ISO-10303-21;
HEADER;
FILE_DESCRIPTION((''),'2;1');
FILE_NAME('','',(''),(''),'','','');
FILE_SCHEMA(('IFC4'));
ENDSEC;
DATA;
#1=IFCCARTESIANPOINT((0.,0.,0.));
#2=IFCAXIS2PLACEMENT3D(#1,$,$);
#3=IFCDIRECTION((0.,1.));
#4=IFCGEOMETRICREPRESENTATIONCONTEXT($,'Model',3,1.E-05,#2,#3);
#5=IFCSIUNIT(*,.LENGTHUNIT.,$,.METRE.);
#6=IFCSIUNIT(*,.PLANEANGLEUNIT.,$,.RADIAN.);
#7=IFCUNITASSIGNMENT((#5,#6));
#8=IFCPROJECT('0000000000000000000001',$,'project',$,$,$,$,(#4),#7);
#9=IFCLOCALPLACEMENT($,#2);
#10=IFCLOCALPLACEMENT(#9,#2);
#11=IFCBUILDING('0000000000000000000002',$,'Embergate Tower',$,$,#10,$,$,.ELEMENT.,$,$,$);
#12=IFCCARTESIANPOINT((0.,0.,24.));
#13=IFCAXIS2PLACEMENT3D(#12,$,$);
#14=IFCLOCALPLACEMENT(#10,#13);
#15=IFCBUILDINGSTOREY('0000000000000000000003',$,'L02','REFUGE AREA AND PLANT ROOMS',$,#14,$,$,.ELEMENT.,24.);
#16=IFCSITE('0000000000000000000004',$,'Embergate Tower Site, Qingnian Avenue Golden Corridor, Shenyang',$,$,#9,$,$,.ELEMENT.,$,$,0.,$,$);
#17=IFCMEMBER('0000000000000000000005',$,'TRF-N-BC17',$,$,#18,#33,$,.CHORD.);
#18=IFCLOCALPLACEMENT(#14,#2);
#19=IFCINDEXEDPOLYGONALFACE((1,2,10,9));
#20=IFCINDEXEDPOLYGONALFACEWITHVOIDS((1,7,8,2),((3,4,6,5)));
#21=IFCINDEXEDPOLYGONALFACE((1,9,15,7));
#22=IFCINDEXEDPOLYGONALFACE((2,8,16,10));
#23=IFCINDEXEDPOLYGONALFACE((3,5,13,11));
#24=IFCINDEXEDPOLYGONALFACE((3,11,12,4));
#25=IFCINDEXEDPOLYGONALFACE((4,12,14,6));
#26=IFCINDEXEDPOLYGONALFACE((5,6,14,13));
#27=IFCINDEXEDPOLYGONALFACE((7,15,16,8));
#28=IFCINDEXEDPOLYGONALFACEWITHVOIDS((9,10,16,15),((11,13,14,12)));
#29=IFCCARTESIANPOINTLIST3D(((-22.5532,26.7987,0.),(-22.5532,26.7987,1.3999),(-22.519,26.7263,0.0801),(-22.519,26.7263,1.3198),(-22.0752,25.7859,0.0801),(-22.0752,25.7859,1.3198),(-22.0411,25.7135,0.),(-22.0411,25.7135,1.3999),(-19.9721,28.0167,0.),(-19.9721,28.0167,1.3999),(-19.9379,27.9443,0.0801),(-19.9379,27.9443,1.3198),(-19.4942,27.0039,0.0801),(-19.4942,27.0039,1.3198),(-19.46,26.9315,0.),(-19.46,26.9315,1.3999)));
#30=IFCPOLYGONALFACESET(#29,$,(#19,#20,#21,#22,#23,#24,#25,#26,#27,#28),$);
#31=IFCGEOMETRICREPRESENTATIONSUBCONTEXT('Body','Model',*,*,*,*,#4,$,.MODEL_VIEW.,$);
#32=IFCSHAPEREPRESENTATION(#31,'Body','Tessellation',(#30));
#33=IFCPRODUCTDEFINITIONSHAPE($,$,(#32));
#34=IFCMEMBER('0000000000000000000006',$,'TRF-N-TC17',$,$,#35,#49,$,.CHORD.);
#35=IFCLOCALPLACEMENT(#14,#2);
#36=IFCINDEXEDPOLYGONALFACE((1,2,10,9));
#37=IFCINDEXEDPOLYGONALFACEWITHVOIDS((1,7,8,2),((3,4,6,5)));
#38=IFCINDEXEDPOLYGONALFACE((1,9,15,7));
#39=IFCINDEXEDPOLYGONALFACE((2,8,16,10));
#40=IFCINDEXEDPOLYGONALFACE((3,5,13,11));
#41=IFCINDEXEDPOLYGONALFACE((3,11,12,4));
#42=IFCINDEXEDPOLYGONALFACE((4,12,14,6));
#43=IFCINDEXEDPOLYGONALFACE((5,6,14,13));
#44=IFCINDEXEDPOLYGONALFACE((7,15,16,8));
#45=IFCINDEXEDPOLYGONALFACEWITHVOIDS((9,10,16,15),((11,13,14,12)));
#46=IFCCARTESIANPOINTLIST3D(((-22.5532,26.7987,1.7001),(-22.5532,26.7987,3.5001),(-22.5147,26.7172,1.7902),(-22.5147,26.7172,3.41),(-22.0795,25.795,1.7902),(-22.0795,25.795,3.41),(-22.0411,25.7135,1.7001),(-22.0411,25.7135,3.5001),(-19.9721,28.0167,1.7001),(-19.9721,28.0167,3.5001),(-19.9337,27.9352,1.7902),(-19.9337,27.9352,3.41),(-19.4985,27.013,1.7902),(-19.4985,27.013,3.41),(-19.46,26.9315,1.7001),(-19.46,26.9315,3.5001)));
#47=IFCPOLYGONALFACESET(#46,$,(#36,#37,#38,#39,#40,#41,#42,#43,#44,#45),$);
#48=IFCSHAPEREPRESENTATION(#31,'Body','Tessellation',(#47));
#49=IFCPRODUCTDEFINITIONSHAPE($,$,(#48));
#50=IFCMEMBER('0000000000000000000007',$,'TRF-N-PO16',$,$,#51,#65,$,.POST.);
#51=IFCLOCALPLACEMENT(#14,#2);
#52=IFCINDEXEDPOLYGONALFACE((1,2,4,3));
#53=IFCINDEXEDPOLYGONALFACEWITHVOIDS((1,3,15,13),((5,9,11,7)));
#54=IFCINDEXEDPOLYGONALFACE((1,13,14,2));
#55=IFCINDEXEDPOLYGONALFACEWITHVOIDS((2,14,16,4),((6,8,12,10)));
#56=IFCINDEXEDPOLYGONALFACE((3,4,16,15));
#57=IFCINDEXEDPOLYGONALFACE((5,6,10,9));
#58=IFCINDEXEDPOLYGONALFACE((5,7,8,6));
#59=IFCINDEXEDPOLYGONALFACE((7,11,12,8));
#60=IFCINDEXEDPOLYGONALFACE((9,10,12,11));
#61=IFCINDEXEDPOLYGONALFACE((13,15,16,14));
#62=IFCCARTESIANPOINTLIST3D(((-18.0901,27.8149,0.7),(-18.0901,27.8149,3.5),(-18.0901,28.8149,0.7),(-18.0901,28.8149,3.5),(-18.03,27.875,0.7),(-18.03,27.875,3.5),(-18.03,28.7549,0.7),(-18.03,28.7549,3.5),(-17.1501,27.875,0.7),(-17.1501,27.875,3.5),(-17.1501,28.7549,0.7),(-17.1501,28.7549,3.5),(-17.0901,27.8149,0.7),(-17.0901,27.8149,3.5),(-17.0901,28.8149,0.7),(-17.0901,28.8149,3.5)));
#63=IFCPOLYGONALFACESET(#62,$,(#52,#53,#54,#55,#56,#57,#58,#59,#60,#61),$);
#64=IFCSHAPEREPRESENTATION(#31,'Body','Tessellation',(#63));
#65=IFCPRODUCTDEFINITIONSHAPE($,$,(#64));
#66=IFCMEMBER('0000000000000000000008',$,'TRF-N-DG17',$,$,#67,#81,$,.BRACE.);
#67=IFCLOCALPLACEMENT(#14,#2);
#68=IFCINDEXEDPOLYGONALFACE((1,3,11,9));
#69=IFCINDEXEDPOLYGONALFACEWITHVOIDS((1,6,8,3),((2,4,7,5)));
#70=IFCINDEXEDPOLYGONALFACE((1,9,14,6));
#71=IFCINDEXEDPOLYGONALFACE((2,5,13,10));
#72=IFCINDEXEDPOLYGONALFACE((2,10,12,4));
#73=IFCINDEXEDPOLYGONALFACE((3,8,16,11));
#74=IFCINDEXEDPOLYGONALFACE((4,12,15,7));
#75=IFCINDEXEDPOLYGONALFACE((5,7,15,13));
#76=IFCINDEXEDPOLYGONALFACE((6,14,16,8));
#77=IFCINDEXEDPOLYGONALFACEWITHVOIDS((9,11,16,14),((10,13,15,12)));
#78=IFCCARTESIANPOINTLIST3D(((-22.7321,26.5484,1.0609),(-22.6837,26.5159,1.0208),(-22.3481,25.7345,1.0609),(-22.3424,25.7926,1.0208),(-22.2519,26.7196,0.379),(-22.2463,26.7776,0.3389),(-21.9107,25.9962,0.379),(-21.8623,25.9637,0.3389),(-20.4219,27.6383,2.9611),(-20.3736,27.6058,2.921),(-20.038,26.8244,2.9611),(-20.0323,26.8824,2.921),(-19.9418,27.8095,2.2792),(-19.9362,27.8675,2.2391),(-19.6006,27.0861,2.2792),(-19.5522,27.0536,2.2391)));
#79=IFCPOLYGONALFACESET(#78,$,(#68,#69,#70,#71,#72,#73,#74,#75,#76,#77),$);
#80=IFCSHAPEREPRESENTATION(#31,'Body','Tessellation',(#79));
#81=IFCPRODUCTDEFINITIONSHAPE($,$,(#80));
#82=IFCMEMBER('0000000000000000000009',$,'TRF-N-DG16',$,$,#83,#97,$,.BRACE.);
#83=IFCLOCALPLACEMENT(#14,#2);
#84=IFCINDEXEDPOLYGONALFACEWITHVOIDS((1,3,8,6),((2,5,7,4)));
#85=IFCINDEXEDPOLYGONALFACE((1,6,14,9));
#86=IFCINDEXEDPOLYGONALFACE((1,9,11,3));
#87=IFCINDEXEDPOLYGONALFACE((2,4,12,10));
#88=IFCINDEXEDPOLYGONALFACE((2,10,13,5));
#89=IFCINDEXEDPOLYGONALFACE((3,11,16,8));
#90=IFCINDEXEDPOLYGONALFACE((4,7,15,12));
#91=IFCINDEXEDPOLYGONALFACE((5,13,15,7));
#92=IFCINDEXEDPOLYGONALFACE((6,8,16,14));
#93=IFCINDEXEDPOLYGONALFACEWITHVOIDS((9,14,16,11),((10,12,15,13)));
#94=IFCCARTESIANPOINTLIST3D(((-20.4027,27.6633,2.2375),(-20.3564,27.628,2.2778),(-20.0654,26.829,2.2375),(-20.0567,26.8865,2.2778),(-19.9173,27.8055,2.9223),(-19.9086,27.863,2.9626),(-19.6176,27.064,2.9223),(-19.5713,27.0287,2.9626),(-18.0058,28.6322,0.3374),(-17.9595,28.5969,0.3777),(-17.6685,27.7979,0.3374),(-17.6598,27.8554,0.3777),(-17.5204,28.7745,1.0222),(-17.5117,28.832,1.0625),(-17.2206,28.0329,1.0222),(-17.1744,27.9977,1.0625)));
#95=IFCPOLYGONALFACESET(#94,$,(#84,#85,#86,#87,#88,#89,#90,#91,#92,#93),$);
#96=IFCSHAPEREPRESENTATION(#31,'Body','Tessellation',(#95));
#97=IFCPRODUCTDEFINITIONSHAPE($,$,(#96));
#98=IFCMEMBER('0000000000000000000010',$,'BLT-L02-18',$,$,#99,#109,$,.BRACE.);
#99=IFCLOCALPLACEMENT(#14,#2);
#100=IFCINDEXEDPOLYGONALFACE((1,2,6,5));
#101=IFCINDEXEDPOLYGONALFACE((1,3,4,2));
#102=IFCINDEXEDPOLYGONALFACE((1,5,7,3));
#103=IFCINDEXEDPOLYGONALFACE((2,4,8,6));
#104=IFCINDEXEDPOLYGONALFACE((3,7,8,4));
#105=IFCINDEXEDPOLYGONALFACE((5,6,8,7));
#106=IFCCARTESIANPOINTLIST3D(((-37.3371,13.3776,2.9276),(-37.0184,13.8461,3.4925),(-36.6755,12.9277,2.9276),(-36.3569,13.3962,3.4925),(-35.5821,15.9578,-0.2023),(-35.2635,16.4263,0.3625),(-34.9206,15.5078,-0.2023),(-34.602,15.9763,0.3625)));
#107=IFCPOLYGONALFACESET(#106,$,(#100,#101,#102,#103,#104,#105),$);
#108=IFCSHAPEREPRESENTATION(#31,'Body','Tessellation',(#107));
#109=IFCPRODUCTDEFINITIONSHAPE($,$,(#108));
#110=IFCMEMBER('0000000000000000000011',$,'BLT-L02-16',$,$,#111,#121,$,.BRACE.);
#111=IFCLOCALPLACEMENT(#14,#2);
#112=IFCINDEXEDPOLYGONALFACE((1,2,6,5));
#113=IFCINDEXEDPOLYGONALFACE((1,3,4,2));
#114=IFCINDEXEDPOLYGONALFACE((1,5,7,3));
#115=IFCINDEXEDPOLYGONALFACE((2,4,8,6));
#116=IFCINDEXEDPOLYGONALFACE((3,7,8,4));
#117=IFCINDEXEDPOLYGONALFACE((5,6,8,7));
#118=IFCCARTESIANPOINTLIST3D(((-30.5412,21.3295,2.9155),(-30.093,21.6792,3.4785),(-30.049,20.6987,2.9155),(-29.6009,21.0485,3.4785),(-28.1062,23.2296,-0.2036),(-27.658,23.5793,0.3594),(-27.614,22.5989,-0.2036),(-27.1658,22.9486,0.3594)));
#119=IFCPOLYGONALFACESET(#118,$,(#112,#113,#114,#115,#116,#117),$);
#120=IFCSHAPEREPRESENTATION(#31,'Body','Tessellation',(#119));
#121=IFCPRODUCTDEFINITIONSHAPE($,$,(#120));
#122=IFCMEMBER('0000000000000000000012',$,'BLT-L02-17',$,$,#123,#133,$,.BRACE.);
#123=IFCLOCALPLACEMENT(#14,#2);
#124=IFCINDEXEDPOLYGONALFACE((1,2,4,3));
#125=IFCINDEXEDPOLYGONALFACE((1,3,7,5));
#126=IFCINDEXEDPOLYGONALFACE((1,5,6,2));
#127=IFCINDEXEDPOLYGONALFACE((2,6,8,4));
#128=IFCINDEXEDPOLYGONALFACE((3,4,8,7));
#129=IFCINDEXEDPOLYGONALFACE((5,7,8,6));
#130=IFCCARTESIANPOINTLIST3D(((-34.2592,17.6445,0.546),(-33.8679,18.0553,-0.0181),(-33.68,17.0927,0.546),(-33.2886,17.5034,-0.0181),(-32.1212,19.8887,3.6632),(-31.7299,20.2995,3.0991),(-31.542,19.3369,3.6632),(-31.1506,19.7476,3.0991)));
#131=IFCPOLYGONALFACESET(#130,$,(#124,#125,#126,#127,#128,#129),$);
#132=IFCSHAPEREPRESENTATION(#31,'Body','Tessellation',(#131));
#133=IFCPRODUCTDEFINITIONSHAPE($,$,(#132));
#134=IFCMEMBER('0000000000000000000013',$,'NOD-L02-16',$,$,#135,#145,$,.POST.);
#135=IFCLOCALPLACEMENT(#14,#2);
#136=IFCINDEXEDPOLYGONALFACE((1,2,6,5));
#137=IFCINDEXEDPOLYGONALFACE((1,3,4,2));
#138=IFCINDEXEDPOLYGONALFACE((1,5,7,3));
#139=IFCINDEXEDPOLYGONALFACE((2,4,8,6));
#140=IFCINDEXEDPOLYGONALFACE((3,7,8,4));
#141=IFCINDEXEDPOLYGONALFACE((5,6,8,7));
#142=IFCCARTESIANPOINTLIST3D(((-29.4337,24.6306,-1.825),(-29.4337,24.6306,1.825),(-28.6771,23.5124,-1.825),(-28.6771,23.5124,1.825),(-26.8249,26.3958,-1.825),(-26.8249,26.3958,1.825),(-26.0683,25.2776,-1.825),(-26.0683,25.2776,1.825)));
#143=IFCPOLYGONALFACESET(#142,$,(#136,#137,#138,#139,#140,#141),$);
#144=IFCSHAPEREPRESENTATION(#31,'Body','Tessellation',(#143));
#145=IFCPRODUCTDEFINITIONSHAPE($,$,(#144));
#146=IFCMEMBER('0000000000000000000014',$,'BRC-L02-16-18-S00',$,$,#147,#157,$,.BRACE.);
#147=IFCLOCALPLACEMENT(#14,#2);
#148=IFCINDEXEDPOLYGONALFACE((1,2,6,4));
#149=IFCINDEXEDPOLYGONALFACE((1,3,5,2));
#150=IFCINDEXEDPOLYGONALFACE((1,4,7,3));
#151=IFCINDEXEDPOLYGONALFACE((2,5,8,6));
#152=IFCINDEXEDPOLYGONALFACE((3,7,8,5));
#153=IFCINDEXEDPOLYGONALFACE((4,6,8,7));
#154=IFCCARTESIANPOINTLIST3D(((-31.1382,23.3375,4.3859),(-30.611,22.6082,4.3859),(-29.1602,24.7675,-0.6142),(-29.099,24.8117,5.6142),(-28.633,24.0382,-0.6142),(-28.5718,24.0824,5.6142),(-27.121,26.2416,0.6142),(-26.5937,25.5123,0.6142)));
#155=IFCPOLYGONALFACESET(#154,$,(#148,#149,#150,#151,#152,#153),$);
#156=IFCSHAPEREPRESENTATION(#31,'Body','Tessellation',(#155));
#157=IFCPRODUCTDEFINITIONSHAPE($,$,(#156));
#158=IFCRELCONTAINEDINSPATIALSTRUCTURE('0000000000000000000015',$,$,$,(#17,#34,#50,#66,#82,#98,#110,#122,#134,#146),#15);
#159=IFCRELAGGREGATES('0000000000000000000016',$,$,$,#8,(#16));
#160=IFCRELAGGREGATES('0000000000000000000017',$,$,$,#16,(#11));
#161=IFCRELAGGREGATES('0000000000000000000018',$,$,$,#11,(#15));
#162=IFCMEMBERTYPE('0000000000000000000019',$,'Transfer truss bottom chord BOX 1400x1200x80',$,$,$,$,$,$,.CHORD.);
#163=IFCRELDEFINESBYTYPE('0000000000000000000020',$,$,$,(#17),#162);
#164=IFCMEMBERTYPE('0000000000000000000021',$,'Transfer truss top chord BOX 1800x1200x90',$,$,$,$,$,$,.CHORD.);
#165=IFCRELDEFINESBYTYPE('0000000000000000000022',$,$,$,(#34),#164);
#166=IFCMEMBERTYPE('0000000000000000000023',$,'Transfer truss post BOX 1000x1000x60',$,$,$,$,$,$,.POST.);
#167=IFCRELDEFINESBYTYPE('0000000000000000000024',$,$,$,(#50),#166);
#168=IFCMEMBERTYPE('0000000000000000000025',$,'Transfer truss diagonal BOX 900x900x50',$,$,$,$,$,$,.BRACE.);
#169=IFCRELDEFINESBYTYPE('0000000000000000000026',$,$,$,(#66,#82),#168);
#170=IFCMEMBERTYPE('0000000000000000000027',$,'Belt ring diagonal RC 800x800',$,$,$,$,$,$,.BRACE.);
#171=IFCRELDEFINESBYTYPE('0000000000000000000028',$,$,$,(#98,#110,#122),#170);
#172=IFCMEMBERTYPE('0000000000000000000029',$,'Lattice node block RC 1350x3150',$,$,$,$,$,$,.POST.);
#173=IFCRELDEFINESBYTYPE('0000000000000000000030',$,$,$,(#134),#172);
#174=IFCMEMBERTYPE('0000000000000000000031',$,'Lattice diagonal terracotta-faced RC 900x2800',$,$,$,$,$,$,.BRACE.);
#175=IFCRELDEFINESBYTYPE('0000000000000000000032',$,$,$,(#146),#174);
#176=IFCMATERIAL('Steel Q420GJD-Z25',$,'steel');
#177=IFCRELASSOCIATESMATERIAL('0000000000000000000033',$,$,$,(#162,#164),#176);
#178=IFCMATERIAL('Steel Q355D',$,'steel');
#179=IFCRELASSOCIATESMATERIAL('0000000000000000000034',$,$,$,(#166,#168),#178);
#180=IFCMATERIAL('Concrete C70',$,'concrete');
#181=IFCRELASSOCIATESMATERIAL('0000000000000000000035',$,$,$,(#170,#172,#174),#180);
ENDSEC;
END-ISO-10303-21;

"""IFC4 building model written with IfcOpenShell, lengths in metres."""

from ifc_helpers import new_model, si_unit, direction, frame, origin, origin_2d, place, context, subcontext, project, spatial, rectangle, hollow_rectangle, extrude, source, transform, mapped, material, material_profile, profile_set, type_object, element, save


model = new_model("IFC4")

# Units and contexts
model_context = context("Model", 3, precision=1e-05, world=origin(), true_north=direction((0.0, 1.0)))
body_context = subcontext(model_context, "Body", "Model", "MODEL_VIEW")
ifc_project = project(units=[si_unit("LENGTHUNIT", "METRE"), si_unit("PLANEANGLEUNIT", "RADIAN")], contexts=[model_context])

# Site, building, storey
site_placement = place(None, origin())
site = spatial("IfcSite", under=ifc_project, at=site_placement, Name="Embergate Tower Site, Qingnian Avenue Golden Corridor, Shenyang", CompositionType="ELEMENT", RefElevation=0.0)
building_placement = place(site_placement, origin())
building = spatial("IfcBuilding", under=site, at=building_placement, Name="Embergate Tower", CompositionType="ELEMENT")
storey_placement = place(building_placement, frame((0.0, 0.0, 24.0)))
storey = spatial("IfcBuildingStorey", under=building, at=storey_placement, Name="L02", Description="REFUGE AREA AND PLANT ROOMS", CompositionType="ELEMENT", Elevation=24.0)

# Shared definitions
ifc_material_1 = material(Name="Concrete C70", Category="concrete")

# Members
ifc_material_2 = material(Name="Steel Q420GJD-Z25", Category="steel")
ifc_material_profile_1 = material_profile(ifc_material_2, hollow_rectangle(XDim=1.2, YDim=1.3999, WallThickness=0.0801, at=origin_2d()), Name="BOX 1400x1200x80")
ifc_profile_set_1 = profile_set([ifc_material_profile_1], Name="Steel Q420 grade GJD-Z25")
member_type_1 = type_object("IfcMemberType", Name="Transfer truss bottom chord BOX 1400x1200x80", PredefinedType="CHORD", material=ifc_profile_set_1)
shared_shape_1 = source(origin(), body_context, "Body", "SweptSolid", [
    extrude(hollow_rectangle(XDim=1.2, YDim=1.3999, WallThickness=0.0801, at=origin_2d()), origin(), (0.0, 0.0, 1.0), 2.854),
])
member_1_placement = place(storey_placement, frame((-19.7161, 27.4741, 0.7), z_axis=(-0.904359, -0.426773, 0.0), x_axis=(0.426773, -0.904359, 0.0)))
element("IfcMember", 1, at=member_1_placement, inside=storey, type_object=member_type_1, Name="TRF-N-BC17", PredefinedType="CHORD", context=body_context, shape_type="MappedRepresentation", body=[
    mapped(shared_shape_1, transform((0.0, 0.0, 0.0))),
])
ifc_material_profile_2 = material_profile(ifc_material_2, hollow_rectangle(XDim=1.2, YDim=1.8, WallThickness=0.0901, at=origin_2d()), Name="BOX 1800x1200x90")
ifc_profile_set_2 = profile_set([ifc_material_profile_2], Name="Steel Q420 grade GJD-Z25")
member_type_2 = type_object("IfcMemberType", Name="Transfer truss top chord BOX 1800x1200x90", PredefinedType="CHORD", material=ifc_profile_set_2)
shared_shape_2 = source(origin(), body_context, "Body", "SweptSolid", [
    extrude(hollow_rectangle(XDim=1.2, YDim=1.8, WallThickness=0.0901, at=origin_2d()), origin(), (0.0, 0.0, 1.0), 2.854),
])
member_2_placement = place(storey_placement, frame((-19.7161, 27.4741, 2.6001), z_axis=(-0.904359, -0.426773, 0.0), x_axis=(0.426773, -0.904359, 0.0)))
element("IfcMember", 2, at=member_2_placement, inside=storey, type_object=member_type_2, Name="TRF-N-TC17", PredefinedType="CHORD", context=body_context, shape_type="MappedRepresentation", body=[
    mapped(shared_shape_2, transform((0.0, 0.0, 0.0))),
])
ifc_material_3 = material(Name="Steel Q355D", Category="steel")
ifc_material_profile_3 = material_profile(ifc_material_3, hollow_rectangle(XDim=1.0, YDim=1.0, WallThickness=0.0601, at=origin_2d()), Name="BOX 1000x1000x60")
ifc_profile_set_3 = profile_set([ifc_material_profile_3], Name="Steel Q355 grade D")
member_type_3 = type_object("IfcMemberType", Name="Transfer truss post BOX 1000x1000x60", PredefinedType="POST", material=ifc_profile_set_3)
shared_shape_3 = source(origin(), body_context, "Body", "SweptSolid", [
    extrude(hollow_rectangle(XDim=1.0, YDim=1.0, WallThickness=0.0601, at=origin_2d()), origin(), (0.0, 0.0, 1.0), 2.8),
])
member_3_placement = place(storey_placement, frame((-17.5901, 28.3149, 0.7), z_axis=(0.0, 0.0, 1.0), x_axis=(1.0, 0.0, 0.0)))
element("IfcMember", 3, at=member_3_placement, inside=storey, type_object=member_type_3, Name="TRF-N-PO16", PredefinedType="POST", context=body_context, shape_type="MappedRepresentation", body=[
    mapped(shared_shape_3, transform((0.0, 0.0, 0.0))),
])
ifc_material_profile_4 = material_profile(ifc_material_3, hollow_rectangle(XDim=0.8999, YDim=0.8999, WallThickness=0.05, at=origin_2d()), Name="BOX 900x900x50")
ifc_profile_set_4 = profile_set([ifc_material_profile_4], Name="Steel Q355 grade D")
member_type_4 = type_object("IfcMemberType", Name="Transfer truss diagonal BOX 900x900x50", PredefinedType="BRACE", material=ifc_profile_set_4)
shared_shape_4 = source(origin(), body_context, "Body", "SweptSolid", [
    extrude(hollow_rectangle(XDim=0.8999, YDim=0.8999, WallThickness=0.05, at=origin_2d()), origin(), (0.0, 0.0, 1.0), 3.1836),
])
member_4_placement = place(storey_placement, frame((-19.9871, 27.3459, 2.6001), z_axis=(-0.725634, -0.342341, -0.596873), x_axis=(0.426681, -0.904402, 0.0)))
element("IfcMember", 4, at=member_4_placement, inside=storey, type_object=member_type_4, Name="TRF-N-DG17", PredefinedType="BRACE", context=body_context, shape_type="MappedRepresentation", body=[
    mapped(shared_shape_4, transform((0.0, 0.0, 0.0))),
])
shared_shape_5 = source(origin(), body_context, "Body", "SweptSolid", [
    extrude(hollow_rectangle(XDim=0.8999, YDim=0.8999, WallThickness=0.05, at=origin_2d()), origin(), (0.0, 0.0, 1.0), 3.2085),
])
member_5_placement = place(storey_placement, frame((-17.5901, 28.3149, 0.7), z_axis=(-0.747051, -0.302001, 0.592208), x_axis=(0.374791, -0.927109, 0.0)))
element("IfcMember", 5, at=member_5_placement, inside=storey, type_object=member_type_4, Name="TRF-N-DG16", PredefinedType="BRACE", context=body_context, shape_type="MappedRepresentation", body=[
    mapped(shared_shape_5, transform((0.0, 0.0, 0.0))),
])
ifc_material_profile_5 = material_profile(ifc_material_1, rectangle(XDim=0.8, YDim=0.8, at=origin_2d()), Name="RC 800x800")
ifc_profile_set_5 = profile_set([ifc_material_profile_5], Name="Concrete C70")
member_type_5 = type_object("IfcMemberType", Name="Belt ring diagonal RC 800x800", PredefinedType="BRACE", material=ifc_profile_set_5)
shared_shape_6 = source(origin(), body_context, "Body", "SweptSolid", [
    extrude(rectangle(XDim=0.8, YDim=0.8, at=origin_2d()), origin(), (0.0, 0.0, 1.0), 4.4197),
])
member_6_placement = place(storey_placement, frame((-35.092, 15.967, 0.0801), z_axis=(-0.397071, -0.583785, 0.708187), x_axis=(0.826862, -0.562404, 0.0)))
element("IfcMember", 6, at=member_6_placement, inside=storey, type_object=member_type_5, Name="BLT-L02-18", PredefinedType="BRACE", context=body_context, shape_type="MappedRepresentation", body=[
    mapped(shared_shape_6, transform((0.0, 0.0, 0.0))),
])
shared_shape_7 = source(origin(), body_context, "Body", "SweptSolid", [
    extrude(rectangle(XDim=0.8, YDim=0.8, at=origin_2d()), origin(), (0.0, 0.0, 1.0), 4.3896),
])
member_7_placement = place(storey_placement, frame((-27.636, 23.0891, 0.0779), z_axis=(-0.554726, -0.432869, 0.710566), x_axis=(0.615193, -0.788377, 0.0)))
element("IfcMember", 7, at=member_7_placement, inside=storey, type_object=member_type_5, Name="BLT-L02-16", PredefinedType="BRACE", context=body_context, shape_type="MappedRepresentation", body=[
    mapped(shared_shape_7, transform((0.0, 0.0, 0.0))),
])
shared_shape_8 = source(origin(), body_context, "Body", "SweptSolid", [
    extrude(rectangle(XDim=0.8, YDim=0.8, at=origin_2d()), origin(), (0.0, 0.0, 1.0), 4.396),
])
member_8_placement = place(storey_placement, frame((-33.7739, 17.574, 0.2639), z_axis=(0.48635, 0.510509, 0.709115), x_axis=(-0.724031, 0.689767, 0.0)))
element("IfcMember", 8, at=member_8_placement, inside=storey, type_object=member_type_5, Name="BLT-L02-17", PredefinedType="BRACE", context=body_context, shape_type="MappedRepresentation", body=[
    mapped(shared_shape_8, transform((0.0, 0.0, 0.0))),
])
ifc_material_profile_6 = material_profile(ifc_material_1, rectangle(XDim=1.3501, YDim=3.1499, at=origin_2d()), Name="RC 1350x3150")
ifc_profile_set_6 = profile_set([ifc_material_profile_6], Name="Concrete C70")
member_type_6 = type_object("IfcMemberType", Name="Lattice node block RC 1350x3150", PredefinedType="POST", material=ifc_profile_set_6)
shared_shape_9 = source(origin(), body_context, "Body", "SweptSolid", [
    extrude(rectangle(XDim=1.3501, YDim=3.1499, at=origin_2d()), origin(), (0.0, 0.0, 1.0), 3.6499),
])
member_9_placement = place(storey_placement, frame((-27.751, 24.9541, -1.825), z_axis=(0.0, 0.0, 1.0), x_axis=(-0.560393, 0.828227, 0.0)))
element("IfcMember", 9, at=member_9_placement, inside=storey, type_object=member_type_6, Name="NOD-L02-16", PredefinedType="POST", context=body_context, shape_type="MappedRepresentation", body=[
    mapped(shared_shape_9, transform((0.0, 0.0, 0.0))),
])
ifc_material_profile_7 = material_profile(ifc_material_1, rectangle(XDim=0.8999, YDim=2.8, at=origin_2d()), Name="RC 900x2800")
ifc_profile_set_7 = profile_set([ifc_material_profile_7], Name="Concrete C70")
member_type_7 = type_object("IfcMemberType", Name="Lattice diagonal terracotta-faced RC 900x2800", PredefinedType="BRACE", material=ifc_profile_set_7)
shared_shape_10 = source(origin(), body_context, "Body", "SweptSolid", [
    extrude(rectangle(XDim=0.8999, YDim=2.8, at=origin_2d()), origin(), (0.0, 0.0, 1.0), 5.564),
])
member_10_placement = place(storey_placement, frame((-27.877, 25.1399, 0.0), z_axis=(-0.355509, -0.257, 0.898646), x_axis=(0.585856, -0.810415, 0.0)))
element("IfcMember", 10, at=member_10_placement, inside=storey, type_object=member_type_7, Name="BRC-L02-16-18-S00", PredefinedType="BRACE", context=body_context, shape_type="MappedRepresentation", body=[
    mapped(shared_shape_10, transform((0.0, 0.0, 0.0))),
])

save(model, "model.ifc")
